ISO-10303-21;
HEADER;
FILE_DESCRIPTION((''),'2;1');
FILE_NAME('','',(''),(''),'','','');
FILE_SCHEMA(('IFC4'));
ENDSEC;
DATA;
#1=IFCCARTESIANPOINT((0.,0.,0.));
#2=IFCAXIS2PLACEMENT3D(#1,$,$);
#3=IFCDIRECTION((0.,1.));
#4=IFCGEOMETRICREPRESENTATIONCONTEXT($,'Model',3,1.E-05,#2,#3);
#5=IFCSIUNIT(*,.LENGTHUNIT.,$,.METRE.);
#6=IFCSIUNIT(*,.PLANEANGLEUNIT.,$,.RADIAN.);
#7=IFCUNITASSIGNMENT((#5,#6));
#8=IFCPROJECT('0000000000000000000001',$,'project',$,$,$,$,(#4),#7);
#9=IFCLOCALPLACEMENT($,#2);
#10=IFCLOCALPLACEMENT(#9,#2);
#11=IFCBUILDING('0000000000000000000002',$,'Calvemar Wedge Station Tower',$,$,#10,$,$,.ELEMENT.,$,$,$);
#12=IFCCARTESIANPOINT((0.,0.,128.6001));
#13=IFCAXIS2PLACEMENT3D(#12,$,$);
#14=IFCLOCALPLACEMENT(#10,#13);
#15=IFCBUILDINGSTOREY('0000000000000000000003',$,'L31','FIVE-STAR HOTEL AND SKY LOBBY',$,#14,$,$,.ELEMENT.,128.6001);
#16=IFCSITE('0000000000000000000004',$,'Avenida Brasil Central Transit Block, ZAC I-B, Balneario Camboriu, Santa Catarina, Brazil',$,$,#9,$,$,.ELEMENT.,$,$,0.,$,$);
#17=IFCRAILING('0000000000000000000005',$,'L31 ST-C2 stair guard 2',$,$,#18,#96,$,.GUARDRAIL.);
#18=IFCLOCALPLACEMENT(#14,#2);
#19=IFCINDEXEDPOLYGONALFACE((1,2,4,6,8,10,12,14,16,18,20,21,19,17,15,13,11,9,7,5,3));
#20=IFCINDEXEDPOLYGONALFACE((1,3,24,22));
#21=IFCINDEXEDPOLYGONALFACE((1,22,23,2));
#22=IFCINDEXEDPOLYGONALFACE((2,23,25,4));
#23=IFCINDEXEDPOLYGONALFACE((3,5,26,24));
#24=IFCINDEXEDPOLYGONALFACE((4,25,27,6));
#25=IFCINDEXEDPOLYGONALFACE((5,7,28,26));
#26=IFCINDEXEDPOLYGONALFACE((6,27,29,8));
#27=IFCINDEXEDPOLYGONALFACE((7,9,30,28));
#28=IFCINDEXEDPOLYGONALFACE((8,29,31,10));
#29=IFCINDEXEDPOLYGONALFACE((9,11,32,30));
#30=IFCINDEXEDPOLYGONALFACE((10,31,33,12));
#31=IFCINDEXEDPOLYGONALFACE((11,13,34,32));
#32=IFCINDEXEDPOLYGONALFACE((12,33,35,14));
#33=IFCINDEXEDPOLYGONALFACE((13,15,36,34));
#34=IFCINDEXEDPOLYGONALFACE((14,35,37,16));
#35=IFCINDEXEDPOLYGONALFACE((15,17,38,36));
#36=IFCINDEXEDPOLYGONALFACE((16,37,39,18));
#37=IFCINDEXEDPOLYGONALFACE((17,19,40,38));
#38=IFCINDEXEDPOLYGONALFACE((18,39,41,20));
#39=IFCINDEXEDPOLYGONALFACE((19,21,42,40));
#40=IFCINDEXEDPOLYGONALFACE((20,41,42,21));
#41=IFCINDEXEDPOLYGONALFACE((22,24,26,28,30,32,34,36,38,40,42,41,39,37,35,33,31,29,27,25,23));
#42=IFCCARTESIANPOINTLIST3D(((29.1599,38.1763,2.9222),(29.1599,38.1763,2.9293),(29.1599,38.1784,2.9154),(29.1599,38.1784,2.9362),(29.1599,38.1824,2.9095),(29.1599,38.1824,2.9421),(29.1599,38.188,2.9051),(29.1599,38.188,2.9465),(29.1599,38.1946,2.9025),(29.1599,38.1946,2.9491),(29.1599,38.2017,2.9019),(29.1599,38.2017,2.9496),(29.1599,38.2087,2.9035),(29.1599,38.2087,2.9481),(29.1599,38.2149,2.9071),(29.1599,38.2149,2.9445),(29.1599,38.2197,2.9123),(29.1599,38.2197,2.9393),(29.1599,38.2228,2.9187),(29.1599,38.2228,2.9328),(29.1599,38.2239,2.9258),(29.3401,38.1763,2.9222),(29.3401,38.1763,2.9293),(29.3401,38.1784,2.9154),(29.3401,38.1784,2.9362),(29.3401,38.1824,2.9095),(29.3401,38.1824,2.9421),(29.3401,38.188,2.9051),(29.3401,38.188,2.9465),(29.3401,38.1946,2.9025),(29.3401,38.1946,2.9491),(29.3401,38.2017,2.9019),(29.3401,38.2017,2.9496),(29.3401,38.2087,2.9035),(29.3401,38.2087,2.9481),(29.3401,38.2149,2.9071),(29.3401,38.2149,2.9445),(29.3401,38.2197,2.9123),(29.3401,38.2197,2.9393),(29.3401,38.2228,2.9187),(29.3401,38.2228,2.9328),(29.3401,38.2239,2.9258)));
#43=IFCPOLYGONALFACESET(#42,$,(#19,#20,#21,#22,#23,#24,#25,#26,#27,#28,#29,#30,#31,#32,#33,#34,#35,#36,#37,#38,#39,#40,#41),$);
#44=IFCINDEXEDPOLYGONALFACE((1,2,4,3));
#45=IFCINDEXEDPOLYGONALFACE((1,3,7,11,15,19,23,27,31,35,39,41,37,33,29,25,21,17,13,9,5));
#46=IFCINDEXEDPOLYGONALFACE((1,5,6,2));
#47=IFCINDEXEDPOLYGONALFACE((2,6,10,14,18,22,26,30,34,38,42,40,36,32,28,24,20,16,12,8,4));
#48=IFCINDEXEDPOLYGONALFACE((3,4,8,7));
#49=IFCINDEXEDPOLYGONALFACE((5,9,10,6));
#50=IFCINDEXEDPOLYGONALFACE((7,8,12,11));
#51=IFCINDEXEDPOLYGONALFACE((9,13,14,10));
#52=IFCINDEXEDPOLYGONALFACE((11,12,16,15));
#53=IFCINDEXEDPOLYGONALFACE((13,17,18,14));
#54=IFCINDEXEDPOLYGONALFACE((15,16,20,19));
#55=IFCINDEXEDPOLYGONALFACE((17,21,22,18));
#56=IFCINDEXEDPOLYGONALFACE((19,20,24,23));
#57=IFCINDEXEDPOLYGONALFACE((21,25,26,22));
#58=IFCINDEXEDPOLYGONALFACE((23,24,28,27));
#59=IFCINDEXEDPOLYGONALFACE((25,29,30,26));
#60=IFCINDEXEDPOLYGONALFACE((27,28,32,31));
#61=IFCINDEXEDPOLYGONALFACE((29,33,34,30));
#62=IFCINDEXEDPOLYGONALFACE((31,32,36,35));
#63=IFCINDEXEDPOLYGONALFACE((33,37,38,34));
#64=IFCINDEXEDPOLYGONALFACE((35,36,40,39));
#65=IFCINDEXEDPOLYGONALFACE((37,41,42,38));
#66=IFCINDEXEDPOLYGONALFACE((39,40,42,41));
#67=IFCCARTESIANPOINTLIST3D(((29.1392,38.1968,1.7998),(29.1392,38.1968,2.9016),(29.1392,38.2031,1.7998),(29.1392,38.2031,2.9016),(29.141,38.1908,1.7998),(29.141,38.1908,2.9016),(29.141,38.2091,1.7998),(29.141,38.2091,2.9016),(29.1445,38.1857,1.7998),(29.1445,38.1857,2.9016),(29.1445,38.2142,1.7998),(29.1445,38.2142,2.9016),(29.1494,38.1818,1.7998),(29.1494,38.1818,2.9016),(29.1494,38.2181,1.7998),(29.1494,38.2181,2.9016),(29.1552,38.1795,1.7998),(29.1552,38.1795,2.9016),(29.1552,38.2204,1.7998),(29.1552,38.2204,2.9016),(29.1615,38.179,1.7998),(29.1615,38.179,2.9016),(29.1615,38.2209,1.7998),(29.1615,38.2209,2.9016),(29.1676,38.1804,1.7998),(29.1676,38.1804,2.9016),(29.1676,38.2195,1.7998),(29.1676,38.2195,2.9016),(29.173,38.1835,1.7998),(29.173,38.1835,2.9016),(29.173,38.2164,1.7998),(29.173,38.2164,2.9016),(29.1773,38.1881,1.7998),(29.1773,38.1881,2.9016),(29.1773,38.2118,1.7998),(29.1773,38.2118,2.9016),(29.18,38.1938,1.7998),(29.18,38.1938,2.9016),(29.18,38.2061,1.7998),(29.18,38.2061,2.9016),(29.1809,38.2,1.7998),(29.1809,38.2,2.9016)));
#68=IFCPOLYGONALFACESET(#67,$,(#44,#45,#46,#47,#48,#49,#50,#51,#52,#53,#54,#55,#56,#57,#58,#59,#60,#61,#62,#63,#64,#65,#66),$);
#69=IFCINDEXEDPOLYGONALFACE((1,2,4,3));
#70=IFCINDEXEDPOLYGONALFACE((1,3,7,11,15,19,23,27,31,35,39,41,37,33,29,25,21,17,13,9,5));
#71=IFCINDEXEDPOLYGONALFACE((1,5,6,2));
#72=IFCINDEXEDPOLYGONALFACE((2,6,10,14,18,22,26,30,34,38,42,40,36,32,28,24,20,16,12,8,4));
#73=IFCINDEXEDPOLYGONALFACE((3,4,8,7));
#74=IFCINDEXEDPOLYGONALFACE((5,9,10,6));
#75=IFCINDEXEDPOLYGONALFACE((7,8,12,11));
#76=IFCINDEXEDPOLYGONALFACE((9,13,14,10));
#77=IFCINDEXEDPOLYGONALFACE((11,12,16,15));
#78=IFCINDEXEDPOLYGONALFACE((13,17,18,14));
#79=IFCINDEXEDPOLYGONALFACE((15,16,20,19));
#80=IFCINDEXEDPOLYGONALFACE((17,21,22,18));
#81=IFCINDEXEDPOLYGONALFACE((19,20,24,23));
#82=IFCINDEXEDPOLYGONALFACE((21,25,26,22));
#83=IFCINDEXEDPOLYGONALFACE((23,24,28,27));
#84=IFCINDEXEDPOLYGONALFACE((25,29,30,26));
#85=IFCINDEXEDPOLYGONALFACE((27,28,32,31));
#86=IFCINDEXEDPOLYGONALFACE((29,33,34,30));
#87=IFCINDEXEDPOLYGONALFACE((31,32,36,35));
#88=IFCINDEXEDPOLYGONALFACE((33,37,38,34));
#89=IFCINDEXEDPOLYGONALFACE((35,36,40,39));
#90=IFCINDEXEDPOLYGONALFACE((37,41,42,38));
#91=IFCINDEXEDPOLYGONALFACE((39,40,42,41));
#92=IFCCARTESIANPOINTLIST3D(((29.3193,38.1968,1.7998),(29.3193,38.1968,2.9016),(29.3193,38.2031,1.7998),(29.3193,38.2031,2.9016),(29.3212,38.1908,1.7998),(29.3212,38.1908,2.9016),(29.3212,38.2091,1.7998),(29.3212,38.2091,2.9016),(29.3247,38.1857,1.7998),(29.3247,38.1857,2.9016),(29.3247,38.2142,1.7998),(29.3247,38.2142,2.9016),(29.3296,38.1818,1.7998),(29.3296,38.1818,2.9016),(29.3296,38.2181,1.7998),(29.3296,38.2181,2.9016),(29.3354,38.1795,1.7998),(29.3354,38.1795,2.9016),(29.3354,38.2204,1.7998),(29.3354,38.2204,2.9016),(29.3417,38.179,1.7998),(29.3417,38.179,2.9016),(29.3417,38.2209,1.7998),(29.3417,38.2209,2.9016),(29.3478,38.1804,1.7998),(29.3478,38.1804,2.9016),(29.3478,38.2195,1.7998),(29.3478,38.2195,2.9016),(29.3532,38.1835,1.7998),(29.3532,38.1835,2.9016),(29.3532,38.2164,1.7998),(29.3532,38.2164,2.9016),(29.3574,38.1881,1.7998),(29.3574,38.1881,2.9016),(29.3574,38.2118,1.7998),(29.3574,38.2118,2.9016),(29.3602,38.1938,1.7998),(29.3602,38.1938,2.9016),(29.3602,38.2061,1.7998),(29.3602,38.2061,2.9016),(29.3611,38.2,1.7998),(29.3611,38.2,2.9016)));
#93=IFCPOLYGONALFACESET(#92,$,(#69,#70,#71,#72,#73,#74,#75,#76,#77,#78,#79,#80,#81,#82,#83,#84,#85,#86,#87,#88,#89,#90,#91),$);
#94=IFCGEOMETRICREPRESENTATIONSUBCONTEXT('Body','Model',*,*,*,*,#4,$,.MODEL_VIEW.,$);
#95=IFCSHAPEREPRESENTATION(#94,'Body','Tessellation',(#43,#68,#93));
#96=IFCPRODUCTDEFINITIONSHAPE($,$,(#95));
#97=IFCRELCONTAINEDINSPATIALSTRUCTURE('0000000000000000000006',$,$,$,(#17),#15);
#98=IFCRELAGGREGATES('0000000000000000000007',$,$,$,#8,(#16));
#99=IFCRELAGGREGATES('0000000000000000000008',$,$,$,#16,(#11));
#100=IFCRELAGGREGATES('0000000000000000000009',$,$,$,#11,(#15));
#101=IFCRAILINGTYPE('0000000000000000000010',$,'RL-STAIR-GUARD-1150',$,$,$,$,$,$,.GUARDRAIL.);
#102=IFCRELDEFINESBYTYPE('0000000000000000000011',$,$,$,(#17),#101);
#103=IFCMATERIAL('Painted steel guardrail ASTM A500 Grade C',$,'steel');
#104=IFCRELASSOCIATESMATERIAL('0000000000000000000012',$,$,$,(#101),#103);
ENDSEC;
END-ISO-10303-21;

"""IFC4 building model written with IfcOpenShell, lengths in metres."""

from ifc_helpers import new_model, si_unit, direction, frame, origin, origin_2d, place, context, subcontext, project, spatial, circle, extrude, material, type_object, element, save


model = new_model("IFC4")

# Units and contexts
model_context = context("Model", 3, precision=1e-05, world=origin(), true_north=direction((0.0, 1.0)))
body_context = subcontext(model_context, "Body", "Model", "MODEL_VIEW")
ifc_project = project(units=[si_unit("LENGTHUNIT", "METRE"), si_unit("PLANEANGLEUNIT", "RADIAN")], contexts=[model_context])

# Site, building, storey
site_placement = place(None, origin())
site = spatial("IfcSite", under=ifc_project, at=site_placement, Name="Avenida Brasil Central Transit Block, ZAC I-B, Balneario Camboriu, Santa Catarina, Brazil", CompositionType="ELEMENT", RefElevation=0.0)
building_placement = place(site_placement, origin())
building = spatial("IfcBuilding", under=site, at=building_placement, Name="Calvemar Wedge Station Tower", CompositionType="ELEMENT")
storey_placement = place(building_placement, frame((0.0, 0.0, 128.6001)))
storey = spatial("IfcBuildingStorey", under=building, at=storey_placement, Name="L31", Description="FIVE-STAR HOTEL AND SKY LOBBY", CompositionType="ELEMENT", Elevation=128.6001)

# Railing
ifc_material_1 = material(Name="Painted steel guardrail ASTM A500 Grade C", Category="steel")
railing_type_1 = type_object("IfcRailingType", Name="RL-STAIR-GUARD-1150", PredefinedType="GUARDRAIL", material=ifc_material_1)
railing_1_placement = place(storey_placement, frame((29.1599, 38.2, 1.7998)))
element("IfcRailing", 1, at=railing_1_placement, inside=storey, type_object=railing_type_1, Name="L31 ST-C2 stair guard 2", PredefinedType="GUARDRAIL", context=body_context, shape_type="SweptSolid", body=[
    extrude(circle(Radius=0.0239, at=origin_2d()), frame((0.0, 0.0, 1.126), z_axis=(1.0, 0.0, 0.0), x_axis=(0.0, 1.0, 0.0)), (0.0, 0.0, 1.0), 0.1802),
    extrude(circle(Radius=0.021, at=origin_2d()), origin(), (0.0, 0.0, 1.0), 1.1018),
    extrude(circle(Radius=0.021, at=origin_2d()), frame((0.1802, 0.0, 0.0)), (0.0, 0.0, 1.0), 1.1018),
])

save(model, "model.ifc")
